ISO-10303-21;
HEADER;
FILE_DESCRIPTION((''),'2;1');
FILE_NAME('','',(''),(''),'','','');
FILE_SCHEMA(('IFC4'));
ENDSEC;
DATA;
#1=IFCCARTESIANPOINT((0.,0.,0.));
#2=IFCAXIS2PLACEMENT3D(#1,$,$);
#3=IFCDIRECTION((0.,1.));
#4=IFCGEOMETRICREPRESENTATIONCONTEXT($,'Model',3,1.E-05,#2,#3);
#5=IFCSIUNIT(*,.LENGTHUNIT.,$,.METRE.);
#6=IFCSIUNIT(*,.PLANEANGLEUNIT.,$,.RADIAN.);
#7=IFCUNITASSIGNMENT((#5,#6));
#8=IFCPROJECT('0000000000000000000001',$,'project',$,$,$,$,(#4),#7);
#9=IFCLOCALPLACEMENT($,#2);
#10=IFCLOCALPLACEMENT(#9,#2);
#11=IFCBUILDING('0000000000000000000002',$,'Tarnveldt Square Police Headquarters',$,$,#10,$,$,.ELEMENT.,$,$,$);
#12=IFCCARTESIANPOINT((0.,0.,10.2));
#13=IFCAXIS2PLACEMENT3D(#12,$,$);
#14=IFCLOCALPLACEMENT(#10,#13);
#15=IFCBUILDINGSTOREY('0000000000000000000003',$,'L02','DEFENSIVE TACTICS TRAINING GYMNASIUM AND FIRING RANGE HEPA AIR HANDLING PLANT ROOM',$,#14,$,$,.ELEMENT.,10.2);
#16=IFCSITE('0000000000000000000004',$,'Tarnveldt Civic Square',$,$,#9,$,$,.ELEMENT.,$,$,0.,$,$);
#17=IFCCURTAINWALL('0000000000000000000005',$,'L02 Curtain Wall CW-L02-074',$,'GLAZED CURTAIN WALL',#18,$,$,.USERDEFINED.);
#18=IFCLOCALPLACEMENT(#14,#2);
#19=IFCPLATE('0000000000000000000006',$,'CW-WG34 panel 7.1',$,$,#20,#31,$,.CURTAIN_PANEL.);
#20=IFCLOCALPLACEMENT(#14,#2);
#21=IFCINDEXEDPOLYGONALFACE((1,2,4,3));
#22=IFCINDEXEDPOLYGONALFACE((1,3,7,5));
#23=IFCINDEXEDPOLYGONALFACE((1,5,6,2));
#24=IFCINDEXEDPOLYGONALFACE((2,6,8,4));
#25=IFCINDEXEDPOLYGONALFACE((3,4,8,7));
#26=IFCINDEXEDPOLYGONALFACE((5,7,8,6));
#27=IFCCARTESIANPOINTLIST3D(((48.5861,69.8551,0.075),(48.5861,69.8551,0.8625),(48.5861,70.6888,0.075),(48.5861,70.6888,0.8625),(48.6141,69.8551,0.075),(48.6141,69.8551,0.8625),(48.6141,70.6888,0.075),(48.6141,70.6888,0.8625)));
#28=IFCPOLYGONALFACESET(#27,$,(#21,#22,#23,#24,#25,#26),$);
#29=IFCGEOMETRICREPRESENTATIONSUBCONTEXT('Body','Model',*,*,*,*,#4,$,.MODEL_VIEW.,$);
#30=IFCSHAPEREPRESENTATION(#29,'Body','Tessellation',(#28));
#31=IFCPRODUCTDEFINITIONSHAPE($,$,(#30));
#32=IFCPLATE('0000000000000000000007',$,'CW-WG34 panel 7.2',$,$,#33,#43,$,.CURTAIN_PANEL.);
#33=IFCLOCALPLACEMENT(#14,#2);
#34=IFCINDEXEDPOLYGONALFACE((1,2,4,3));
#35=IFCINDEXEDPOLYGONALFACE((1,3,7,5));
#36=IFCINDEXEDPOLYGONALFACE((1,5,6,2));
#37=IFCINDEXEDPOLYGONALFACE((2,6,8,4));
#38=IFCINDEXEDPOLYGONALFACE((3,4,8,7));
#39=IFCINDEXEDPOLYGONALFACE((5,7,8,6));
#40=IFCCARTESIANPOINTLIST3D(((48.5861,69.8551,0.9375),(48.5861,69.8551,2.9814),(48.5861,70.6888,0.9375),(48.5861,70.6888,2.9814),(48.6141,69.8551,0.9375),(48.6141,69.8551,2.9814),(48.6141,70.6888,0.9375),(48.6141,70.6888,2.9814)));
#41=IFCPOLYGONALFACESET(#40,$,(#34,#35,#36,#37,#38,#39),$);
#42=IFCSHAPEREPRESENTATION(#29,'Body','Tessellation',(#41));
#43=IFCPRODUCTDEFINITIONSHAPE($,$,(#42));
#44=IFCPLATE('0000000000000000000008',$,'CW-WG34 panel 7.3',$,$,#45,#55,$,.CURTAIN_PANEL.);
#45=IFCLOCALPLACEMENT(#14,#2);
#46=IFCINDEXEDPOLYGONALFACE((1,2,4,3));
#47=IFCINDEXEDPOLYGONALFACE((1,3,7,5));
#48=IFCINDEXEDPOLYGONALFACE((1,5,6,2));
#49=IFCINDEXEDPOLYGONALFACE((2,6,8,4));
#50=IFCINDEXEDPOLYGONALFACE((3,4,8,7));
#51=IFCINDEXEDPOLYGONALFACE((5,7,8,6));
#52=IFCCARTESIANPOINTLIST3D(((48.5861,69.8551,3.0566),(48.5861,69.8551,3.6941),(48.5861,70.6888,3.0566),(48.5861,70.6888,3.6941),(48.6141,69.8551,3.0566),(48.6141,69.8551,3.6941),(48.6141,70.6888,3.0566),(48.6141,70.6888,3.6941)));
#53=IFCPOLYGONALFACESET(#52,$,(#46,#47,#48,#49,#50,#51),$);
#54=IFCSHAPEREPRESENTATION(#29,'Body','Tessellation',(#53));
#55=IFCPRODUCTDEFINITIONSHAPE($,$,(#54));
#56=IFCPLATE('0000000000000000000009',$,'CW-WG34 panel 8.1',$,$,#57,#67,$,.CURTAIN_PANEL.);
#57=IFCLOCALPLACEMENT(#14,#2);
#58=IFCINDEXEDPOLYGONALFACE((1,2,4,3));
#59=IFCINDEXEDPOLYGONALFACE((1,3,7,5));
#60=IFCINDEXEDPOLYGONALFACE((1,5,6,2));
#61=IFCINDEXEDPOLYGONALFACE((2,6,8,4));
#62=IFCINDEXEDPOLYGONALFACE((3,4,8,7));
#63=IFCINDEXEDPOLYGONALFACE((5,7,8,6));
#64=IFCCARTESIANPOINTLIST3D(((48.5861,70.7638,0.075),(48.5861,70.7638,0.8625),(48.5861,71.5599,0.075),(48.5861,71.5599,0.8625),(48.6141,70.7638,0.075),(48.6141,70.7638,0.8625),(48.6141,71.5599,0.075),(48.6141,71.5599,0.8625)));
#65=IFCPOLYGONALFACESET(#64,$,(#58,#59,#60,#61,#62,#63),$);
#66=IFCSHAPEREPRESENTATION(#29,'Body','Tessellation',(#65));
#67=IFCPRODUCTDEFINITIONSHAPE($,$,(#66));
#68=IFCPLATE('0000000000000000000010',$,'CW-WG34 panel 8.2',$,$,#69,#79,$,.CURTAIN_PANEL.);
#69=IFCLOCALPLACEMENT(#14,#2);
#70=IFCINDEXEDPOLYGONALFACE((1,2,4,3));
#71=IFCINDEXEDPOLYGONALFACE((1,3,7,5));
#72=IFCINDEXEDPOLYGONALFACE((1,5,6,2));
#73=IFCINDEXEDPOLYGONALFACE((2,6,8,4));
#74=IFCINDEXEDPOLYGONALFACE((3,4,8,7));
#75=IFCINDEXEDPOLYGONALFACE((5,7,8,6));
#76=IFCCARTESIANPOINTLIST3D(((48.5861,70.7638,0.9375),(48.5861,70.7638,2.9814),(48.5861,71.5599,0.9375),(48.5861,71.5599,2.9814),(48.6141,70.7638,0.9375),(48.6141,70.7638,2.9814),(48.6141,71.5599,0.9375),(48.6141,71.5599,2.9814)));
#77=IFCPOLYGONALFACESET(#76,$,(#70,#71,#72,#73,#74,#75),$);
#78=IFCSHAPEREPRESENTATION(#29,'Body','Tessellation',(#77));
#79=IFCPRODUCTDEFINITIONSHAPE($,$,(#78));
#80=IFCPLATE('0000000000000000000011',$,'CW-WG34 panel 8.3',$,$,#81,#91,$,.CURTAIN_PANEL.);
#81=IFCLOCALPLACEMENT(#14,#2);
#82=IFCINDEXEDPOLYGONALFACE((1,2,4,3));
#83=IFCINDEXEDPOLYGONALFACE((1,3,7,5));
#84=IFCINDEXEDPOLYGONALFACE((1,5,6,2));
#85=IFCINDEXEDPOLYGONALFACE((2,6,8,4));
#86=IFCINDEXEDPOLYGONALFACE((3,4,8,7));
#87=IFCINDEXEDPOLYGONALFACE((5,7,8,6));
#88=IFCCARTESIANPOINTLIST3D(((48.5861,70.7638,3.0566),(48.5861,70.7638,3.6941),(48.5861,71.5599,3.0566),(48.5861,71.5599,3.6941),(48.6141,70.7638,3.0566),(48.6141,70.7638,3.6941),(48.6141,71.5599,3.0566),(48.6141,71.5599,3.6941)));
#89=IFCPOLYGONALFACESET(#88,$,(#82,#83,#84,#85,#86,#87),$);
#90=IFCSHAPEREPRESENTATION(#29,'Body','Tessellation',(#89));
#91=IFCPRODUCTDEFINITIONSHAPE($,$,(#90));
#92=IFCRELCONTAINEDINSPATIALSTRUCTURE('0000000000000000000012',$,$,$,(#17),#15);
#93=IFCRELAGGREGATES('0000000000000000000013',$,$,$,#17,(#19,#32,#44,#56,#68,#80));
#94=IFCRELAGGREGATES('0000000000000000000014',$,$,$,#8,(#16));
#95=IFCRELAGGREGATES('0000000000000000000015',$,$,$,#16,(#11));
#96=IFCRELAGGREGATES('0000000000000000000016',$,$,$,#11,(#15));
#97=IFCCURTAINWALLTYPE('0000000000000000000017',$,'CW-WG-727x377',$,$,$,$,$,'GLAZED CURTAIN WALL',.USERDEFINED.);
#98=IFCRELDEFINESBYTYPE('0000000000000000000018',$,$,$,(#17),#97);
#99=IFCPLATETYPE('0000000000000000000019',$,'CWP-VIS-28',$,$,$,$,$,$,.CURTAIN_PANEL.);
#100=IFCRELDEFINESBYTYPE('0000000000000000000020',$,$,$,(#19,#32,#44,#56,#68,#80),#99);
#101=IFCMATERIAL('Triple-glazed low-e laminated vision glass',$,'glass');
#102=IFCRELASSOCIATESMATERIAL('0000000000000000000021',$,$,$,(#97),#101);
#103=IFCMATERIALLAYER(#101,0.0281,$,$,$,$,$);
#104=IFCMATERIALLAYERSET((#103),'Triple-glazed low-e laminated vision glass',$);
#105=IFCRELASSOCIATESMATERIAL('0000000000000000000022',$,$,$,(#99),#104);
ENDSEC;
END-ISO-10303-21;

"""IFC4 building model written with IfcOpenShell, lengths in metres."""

from ifc_helpers import new_model, si_unit, direction, frame, origin, origin_2d, place, context, subcontext, project, spatial, rectangle, extrude, material, layer, layer_set, type_object, element, aggregate, save


model = new_model("IFC4")

# Units and contexts
model_context = context("Model", 3, precision=1e-05, world=origin(), true_north=direction((0.0, 1.0)))
body_context = subcontext(model_context, "Body", "Model", "MODEL_VIEW")
ifc_project = project(units=[si_unit("LENGTHUNIT", "METRE"), si_unit("PLANEANGLEUNIT", "RADIAN")], contexts=[model_context])

# Site, building, storey
site_placement = place(None, origin())
site = spatial("IfcSite", under=ifc_project, at=site_placement, Name="Tarnveldt Civic Square", CompositionType="ELEMENT", RefElevation=0.0)
building_placement = place(site_placement, origin())
building = spatial("IfcBuilding", under=site, at=building_placement, Name="Tarnveldt Square Police Headquarters", CompositionType="ELEMENT")
storey_placement = place(building_placement, frame((0.0, 0.0, 10.2)))
storey = spatial("IfcBuildingStorey", under=building, at=storey_placement, Name="L02", Description="DEFENSIVE TACTICS TRAINING GYMNASIUM AND FIRING RANGE HEPA AIR HANDLING PLANT ROOM", CompositionType="ELEMENT", Elevation=10.2)

# Curtain wall
ifc_material_1 = material(Name="Triple-glazed low-e laminated vision glass", Category="glass")
curtain_wall_type_1 = type_object("IfcCurtainWallType", Name="CW-WG-727x377", ElementType="GLAZED CURTAIN WALL", PredefinedType="USERDEFINED", material=ifc_material_1)
curtain_wall_1_placement = place(storey_placement, origin())
curtain_wall_1 = element("IfcCurtainWall", 1, at=curtain_wall_1_placement, inside=storey, type_object=curtain_wall_type_1, Name="L02 Curtain Wall CW-L02-074", ObjectType="GLAZED CURTAIN WALL", PredefinedType="USERDEFINED")

# Plates
ifc_layer = layer(ifc_material_1, 0.0281)
ifc_layer_set = layer_set([ifc_layer], Name="Triple-glazed low-e laminated vision glass")
plate_type = type_object("IfcPlateType", Name="CWP-VIS-28", PredefinedType="CURTAIN_PANEL", material=ifc_layer_set)
plate_1_placement = place(storey_placement, frame((48.6001, 70.272, 0.075), z_axis=(0.0, 0.0, 1.0), x_axis=(0.0, 1.0, 0.0)))
plate_1 = element("IfcPlate", 2, at=plate_1_placement, type_object=plate_type, Name="CW-WG34 panel 7.1", PredefinedType="CURTAIN_PANEL", context=body_context, shape_type="SweptSolid", body=[
    extrude(rectangle(XDim=0.8337, YDim=0.0281, at=origin_2d()), origin(), (0.0, 0.0, 1.0), 0.7876),
])
plate_2_placement = place(storey_placement, frame((48.6001, 70.272, 0.9375), z_axis=(0.0, 0.0, 1.0), x_axis=(0.0, 1.0, 0.0)))
plate_2 = element("IfcPlate", 3, at=plate_2_placement, type_object=plate_type, Name="CW-WG34 panel 7.2", PredefinedType="CURTAIN_PANEL", context=body_context, shape_type="SweptSolid", body=[
    extrude(rectangle(XDim=0.8337, YDim=0.0281, at=origin_2d()), origin(), (0.0, 0.0, 1.0), 2.0439),
])
plate_3_placement = place(storey_placement, frame((48.6001, 70.272, 3.0566), z_axis=(0.0, 0.0, 1.0), x_axis=(0.0, 1.0, 0.0)))
plate_3 = element("IfcPlate", 4, at=plate_3_placement, type_object=plate_type, Name="CW-WG34 panel 7.3", PredefinedType="CURTAIN_PANEL", context=body_context, shape_type="SweptSolid", body=[
    extrude(rectangle(XDim=0.8337, YDim=0.0281, at=origin_2d()), origin(), (0.0, 0.0, 1.0), 0.6375),
])
plate_4_placement = place(storey_placement, frame((48.6001, 71.1619, 0.075), z_axis=(0.0, 0.0, 1.0), x_axis=(0.0, 1.0, 0.0)))
plate_4 = element("IfcPlate", 5, at=plate_4_placement, type_object=plate_type, Name="CW-WG34 panel 8.1", PredefinedType="CURTAIN_PANEL", context=body_context, shape_type="SweptSolid", body=[
    extrude(rectangle(XDim=0.7961, YDim=0.0281, at=origin_2d()), origin(), (0.0, 0.0, 1.0), 0.7876),
])
plate_5_placement = place(storey_placement, frame((48.6001, 71.1619, 0.9375), z_axis=(0.0, 0.0, 1.0), x_axis=(0.0, 1.0, 0.0)))
plate_5 = element("IfcPlate", 6, at=plate_5_placement, type_object=plate_type, Name="CW-WG34 panel 8.2", PredefinedType="CURTAIN_PANEL", context=body_context, shape_type="SweptSolid", body=[
    extrude(rectangle(XDim=0.7961, YDim=0.0281, at=origin_2d()), origin(), (0.0, 0.0, 1.0), 2.0439),
])
plate_6_placement = place(storey_placement, frame((48.6001, 71.1619, 3.0566), z_axis=(0.0, 0.0, 1.0), x_axis=(0.0, 1.0, 0.0)))
plate_6 = element("IfcPlate", 7, at=plate_6_placement, type_object=plate_type, Name="CW-WG34 panel 8.3", PredefinedType="CURTAIN_PANEL", context=body_context, shape_type="SweptSolid", body=[
    extrude(rectangle(XDim=0.7961, YDim=0.0281, at=origin_2d()), origin(), (0.0, 0.0, 1.0), 0.6375),
])
aggregate(curtain_wall_1, [plate_1, plate_2, plate_3, plate_4, plate_5, plate_6])

save(model, "model.ifc")
